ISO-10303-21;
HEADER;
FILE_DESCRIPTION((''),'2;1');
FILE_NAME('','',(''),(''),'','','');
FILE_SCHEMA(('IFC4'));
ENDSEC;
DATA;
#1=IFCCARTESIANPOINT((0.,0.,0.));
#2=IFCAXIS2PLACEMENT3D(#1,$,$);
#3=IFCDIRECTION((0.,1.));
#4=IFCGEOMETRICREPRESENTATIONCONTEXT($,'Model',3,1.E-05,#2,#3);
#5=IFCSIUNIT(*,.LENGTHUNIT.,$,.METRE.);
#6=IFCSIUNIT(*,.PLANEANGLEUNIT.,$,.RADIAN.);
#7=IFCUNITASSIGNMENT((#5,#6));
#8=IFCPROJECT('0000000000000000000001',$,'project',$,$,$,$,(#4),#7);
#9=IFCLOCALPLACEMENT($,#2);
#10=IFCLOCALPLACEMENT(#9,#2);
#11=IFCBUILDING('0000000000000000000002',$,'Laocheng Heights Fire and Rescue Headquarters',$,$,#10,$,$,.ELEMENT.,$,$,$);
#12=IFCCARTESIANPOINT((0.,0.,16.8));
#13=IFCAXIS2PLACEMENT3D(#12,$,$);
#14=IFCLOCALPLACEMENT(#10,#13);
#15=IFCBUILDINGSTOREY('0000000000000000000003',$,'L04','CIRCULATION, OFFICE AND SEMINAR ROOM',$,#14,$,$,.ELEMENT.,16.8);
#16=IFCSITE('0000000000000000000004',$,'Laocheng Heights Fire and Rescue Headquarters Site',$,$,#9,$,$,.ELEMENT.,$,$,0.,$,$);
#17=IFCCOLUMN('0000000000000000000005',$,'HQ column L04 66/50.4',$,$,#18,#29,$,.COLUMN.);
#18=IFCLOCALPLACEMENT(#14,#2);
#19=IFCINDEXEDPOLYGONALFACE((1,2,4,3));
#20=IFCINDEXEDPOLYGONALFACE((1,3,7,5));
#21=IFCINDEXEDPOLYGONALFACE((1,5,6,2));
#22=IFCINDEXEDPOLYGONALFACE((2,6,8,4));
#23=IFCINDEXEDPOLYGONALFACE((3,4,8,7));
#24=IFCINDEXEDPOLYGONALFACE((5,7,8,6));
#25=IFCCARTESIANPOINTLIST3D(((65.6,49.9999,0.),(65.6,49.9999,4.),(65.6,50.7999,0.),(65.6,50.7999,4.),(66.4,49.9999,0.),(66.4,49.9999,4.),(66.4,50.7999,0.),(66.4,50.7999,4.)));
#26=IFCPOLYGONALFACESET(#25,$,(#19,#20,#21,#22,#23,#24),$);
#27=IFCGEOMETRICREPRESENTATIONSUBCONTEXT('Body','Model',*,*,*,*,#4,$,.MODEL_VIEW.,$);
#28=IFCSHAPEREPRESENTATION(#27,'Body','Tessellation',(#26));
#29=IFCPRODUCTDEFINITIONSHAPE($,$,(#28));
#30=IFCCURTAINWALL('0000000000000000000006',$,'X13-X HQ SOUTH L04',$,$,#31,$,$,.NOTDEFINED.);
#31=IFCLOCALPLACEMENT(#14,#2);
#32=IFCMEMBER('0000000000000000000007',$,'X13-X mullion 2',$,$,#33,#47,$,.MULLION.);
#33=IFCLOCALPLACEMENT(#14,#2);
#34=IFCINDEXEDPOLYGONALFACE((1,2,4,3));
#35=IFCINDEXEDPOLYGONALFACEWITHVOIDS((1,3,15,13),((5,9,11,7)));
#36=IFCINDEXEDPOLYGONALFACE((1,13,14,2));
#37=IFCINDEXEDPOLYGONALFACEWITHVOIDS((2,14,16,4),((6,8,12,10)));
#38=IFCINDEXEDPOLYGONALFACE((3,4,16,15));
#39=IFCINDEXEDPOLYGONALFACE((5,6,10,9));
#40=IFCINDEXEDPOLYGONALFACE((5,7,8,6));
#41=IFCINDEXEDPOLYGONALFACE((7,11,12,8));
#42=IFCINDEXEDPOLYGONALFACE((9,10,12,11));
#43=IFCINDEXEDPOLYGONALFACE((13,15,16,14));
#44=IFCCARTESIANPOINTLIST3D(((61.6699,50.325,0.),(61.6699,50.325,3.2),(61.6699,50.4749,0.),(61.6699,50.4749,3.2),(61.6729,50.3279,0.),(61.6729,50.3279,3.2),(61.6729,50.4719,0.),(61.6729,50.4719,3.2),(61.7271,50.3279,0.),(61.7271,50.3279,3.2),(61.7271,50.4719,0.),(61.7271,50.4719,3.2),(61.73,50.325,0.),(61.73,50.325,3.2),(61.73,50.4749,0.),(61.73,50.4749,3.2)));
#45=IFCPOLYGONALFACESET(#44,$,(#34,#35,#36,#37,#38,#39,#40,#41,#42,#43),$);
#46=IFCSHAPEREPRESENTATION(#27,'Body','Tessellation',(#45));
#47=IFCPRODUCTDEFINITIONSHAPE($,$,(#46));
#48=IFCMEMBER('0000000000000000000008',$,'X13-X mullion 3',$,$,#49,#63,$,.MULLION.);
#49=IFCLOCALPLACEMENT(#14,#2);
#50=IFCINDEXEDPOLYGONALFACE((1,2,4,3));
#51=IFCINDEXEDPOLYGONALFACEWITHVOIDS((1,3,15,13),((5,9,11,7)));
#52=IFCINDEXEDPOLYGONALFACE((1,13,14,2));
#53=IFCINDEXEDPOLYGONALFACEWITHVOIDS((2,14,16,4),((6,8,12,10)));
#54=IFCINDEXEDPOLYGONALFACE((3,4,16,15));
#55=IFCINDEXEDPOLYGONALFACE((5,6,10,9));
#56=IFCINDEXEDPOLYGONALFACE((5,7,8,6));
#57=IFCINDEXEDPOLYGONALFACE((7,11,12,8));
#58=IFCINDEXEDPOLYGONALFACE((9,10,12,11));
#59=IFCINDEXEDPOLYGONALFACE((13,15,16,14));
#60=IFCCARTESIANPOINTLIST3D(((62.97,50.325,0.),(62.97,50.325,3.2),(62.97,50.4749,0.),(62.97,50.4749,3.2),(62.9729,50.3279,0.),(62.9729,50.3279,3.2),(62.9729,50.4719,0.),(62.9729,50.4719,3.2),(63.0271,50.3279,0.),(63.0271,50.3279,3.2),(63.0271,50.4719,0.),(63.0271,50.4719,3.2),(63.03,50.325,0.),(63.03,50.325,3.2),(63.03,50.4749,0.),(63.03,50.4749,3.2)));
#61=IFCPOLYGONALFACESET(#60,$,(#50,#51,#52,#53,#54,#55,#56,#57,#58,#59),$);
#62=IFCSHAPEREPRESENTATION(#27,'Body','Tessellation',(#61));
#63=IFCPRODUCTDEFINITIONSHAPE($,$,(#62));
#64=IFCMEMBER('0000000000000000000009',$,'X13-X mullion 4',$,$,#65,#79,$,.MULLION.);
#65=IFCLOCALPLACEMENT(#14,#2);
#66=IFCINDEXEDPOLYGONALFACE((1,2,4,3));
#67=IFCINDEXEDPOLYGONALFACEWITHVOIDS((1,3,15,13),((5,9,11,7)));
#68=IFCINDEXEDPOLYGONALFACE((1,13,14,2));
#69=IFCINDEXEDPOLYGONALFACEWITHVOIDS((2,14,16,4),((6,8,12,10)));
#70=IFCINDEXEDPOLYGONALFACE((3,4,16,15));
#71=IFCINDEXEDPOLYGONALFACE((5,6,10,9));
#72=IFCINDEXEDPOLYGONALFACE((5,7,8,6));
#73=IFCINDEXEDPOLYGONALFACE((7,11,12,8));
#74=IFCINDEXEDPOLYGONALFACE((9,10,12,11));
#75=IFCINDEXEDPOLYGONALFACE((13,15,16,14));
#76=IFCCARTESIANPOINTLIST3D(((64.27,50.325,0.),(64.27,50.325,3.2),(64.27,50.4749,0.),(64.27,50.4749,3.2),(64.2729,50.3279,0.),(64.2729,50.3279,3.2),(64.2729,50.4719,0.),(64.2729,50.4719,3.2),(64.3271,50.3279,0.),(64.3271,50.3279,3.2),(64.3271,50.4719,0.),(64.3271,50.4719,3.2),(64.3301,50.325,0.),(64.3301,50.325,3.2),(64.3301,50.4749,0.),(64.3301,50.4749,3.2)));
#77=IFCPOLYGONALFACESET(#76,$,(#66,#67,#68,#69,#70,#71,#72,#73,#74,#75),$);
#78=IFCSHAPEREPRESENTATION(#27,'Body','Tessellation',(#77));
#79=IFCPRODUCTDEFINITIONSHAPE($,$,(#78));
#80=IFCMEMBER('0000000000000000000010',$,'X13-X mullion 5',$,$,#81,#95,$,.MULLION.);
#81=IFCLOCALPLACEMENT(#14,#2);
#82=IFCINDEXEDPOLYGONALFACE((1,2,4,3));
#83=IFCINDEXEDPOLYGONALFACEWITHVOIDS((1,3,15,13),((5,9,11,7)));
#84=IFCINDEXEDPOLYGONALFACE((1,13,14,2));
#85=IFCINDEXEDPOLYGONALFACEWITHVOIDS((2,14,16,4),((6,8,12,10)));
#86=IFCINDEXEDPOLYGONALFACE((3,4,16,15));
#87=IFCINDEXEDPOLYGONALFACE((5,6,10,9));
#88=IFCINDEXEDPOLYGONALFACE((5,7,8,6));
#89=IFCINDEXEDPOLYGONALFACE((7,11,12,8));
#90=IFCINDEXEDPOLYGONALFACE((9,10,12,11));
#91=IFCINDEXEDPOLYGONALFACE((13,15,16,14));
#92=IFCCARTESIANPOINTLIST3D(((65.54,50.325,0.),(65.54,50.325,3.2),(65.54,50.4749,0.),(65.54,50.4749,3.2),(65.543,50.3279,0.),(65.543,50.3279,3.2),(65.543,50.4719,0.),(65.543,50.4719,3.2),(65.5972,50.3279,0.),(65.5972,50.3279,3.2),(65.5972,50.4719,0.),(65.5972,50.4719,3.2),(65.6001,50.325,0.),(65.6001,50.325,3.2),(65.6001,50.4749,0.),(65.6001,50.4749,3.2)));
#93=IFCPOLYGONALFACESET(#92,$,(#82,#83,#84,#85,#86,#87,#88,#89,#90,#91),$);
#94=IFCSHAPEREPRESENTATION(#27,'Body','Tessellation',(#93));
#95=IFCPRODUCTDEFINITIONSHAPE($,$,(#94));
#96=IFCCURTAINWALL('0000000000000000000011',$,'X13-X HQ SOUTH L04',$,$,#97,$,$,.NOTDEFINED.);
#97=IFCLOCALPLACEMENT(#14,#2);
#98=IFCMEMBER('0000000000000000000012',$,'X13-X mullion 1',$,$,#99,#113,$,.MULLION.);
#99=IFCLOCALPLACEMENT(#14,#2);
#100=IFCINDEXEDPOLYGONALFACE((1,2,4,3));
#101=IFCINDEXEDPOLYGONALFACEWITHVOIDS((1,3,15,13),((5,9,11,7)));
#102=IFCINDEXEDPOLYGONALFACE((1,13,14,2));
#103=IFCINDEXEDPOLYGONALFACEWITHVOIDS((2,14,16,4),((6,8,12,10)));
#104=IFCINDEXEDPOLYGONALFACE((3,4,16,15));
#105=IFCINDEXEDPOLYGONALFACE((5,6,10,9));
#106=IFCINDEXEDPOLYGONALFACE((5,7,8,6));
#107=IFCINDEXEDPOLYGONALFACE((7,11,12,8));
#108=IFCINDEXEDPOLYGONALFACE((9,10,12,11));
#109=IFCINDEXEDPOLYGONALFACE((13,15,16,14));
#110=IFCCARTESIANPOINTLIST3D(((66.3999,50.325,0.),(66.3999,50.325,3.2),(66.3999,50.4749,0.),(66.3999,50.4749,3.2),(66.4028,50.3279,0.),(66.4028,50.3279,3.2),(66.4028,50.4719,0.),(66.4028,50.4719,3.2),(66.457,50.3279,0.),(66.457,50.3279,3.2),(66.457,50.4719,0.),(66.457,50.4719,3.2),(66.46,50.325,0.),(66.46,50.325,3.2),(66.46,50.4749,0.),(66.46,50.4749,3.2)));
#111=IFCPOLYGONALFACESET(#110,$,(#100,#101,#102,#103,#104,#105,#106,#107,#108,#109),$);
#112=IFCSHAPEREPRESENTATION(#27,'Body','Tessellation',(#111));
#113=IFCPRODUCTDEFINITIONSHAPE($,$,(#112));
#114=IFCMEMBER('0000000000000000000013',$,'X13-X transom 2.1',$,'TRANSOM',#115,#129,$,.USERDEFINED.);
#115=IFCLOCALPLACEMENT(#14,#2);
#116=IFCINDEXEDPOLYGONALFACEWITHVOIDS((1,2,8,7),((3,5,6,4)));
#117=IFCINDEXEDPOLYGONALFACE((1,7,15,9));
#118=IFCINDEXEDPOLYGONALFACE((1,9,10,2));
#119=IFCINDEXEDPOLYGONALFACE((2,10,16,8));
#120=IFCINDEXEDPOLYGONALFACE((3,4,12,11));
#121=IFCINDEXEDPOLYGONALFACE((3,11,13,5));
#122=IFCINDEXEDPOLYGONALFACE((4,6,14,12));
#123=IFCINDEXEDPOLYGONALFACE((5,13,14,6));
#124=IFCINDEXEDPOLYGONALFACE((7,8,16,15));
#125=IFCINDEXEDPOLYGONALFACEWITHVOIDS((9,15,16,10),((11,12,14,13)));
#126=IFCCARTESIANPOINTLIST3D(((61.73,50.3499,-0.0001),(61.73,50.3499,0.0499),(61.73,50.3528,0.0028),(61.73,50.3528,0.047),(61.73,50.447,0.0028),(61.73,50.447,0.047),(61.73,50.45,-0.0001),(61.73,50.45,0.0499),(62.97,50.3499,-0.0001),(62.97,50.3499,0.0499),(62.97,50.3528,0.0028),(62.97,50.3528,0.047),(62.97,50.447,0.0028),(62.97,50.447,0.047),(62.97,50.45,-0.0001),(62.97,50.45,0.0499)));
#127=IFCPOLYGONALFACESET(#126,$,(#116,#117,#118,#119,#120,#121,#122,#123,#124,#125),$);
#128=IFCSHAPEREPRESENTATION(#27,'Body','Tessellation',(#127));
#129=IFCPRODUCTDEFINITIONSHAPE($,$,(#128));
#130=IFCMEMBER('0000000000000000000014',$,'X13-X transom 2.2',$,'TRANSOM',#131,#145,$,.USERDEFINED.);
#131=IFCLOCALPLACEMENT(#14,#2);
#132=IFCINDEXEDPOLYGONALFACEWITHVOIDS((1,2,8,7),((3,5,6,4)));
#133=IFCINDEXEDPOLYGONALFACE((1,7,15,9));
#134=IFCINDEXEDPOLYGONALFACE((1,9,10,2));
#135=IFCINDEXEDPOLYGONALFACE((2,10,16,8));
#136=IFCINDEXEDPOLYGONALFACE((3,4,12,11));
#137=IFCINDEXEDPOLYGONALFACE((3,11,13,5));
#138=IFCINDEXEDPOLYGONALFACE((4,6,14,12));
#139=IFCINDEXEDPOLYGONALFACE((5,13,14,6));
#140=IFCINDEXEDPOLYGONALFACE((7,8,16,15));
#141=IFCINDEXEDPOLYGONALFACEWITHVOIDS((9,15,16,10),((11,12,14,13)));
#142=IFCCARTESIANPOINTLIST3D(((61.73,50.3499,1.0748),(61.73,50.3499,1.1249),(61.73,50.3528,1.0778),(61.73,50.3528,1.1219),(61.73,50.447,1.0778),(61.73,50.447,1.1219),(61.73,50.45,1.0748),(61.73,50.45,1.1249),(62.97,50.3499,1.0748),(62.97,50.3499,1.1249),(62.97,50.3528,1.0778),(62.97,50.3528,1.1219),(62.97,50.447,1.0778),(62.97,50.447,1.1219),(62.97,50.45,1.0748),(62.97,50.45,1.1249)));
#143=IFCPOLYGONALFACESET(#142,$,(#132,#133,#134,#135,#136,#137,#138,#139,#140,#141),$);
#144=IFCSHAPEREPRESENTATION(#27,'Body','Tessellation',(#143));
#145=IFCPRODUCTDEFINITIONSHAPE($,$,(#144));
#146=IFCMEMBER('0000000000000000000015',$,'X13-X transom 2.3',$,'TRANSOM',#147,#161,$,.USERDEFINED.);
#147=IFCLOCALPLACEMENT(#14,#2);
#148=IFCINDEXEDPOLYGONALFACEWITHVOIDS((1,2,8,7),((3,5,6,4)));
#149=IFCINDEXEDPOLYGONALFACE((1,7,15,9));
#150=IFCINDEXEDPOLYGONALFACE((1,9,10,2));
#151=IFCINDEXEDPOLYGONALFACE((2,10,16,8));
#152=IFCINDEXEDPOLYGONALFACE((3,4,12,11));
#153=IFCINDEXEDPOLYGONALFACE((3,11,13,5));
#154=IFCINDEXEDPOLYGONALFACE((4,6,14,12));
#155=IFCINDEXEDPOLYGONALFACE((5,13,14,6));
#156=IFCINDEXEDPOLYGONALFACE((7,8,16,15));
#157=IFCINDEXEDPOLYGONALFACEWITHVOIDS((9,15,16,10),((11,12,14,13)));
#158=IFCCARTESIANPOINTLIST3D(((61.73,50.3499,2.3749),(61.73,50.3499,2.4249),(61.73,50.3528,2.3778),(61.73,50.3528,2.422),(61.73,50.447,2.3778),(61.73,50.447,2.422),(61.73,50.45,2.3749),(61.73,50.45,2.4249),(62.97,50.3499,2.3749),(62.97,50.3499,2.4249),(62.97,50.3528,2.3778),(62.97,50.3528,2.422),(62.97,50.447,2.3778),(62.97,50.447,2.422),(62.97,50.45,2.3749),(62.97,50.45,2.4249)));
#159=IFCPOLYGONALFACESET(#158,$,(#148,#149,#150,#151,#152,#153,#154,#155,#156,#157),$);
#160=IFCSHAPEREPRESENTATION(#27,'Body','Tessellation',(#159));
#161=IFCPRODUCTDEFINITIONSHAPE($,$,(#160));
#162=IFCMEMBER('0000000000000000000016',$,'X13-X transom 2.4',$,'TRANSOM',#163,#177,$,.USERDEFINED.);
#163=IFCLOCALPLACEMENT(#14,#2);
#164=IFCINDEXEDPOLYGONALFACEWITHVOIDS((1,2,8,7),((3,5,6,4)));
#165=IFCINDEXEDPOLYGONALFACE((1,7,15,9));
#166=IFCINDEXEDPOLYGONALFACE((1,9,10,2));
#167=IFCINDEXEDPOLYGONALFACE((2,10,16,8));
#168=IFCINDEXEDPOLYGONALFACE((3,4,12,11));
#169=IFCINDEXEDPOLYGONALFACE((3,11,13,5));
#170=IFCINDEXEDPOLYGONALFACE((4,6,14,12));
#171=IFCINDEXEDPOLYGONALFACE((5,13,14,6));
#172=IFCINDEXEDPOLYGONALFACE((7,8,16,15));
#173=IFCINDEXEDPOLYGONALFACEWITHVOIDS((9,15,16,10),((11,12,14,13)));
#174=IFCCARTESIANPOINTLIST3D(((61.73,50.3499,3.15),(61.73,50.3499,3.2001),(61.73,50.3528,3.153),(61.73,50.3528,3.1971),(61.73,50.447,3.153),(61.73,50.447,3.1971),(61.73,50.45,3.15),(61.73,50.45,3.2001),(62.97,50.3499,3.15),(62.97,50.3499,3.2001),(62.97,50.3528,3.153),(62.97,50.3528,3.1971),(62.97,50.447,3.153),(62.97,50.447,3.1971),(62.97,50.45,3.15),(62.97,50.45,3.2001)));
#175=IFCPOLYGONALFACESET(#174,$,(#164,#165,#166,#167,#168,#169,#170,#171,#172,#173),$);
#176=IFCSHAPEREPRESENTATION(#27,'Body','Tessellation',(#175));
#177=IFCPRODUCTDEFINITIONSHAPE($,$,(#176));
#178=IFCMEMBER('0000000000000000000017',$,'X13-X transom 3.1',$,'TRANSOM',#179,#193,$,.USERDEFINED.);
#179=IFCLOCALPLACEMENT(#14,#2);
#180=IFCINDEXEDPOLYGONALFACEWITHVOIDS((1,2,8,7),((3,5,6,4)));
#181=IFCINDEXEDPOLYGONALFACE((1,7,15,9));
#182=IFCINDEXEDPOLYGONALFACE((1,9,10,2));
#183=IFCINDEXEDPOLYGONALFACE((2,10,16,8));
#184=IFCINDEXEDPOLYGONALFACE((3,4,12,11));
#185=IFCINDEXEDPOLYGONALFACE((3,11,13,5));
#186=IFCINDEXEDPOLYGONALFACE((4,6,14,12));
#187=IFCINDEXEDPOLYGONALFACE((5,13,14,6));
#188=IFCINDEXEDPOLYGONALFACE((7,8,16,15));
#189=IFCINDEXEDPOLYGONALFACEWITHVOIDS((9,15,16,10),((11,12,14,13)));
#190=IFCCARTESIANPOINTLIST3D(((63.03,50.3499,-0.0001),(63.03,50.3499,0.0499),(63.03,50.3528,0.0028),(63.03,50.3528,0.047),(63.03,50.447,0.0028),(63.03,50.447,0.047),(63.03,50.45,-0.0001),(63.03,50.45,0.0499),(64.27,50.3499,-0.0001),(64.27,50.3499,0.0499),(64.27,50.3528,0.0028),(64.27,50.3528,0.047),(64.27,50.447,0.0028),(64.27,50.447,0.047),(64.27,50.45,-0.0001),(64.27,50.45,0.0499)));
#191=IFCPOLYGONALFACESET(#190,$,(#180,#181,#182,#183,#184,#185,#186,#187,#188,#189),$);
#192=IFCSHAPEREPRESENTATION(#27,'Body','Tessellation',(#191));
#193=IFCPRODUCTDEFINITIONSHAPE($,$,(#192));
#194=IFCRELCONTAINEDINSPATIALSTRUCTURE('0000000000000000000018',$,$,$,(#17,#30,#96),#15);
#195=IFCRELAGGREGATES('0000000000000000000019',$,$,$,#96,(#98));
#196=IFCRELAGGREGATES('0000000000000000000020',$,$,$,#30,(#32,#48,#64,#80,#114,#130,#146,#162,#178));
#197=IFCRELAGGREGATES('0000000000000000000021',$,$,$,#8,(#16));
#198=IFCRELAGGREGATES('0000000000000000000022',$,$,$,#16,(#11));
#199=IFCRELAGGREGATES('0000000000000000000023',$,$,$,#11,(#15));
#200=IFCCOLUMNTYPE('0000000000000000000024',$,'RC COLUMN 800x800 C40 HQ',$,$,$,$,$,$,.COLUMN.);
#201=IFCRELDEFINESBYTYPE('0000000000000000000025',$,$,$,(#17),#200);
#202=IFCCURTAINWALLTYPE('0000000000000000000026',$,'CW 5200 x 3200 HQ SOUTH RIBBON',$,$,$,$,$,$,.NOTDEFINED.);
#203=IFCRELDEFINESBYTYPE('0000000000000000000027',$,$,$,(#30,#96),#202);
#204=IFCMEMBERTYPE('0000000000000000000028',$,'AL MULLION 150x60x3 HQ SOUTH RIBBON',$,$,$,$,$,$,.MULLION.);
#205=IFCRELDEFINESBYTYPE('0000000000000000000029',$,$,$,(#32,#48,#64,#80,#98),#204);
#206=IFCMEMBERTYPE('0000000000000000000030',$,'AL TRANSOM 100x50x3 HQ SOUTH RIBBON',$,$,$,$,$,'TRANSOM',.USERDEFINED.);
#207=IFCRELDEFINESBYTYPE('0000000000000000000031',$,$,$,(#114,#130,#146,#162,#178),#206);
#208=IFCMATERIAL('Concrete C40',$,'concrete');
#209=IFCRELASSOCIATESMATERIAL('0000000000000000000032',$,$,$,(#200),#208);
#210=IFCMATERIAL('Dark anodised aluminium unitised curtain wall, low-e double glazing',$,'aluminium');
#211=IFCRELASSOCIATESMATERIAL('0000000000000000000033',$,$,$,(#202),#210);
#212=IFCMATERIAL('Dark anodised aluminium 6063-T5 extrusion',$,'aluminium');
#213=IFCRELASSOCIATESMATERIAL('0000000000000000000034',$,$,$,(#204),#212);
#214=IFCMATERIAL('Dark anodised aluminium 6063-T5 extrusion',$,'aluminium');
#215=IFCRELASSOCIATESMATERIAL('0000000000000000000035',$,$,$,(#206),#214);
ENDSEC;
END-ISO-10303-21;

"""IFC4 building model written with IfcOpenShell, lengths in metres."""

from ifc_helpers import new_model, si_unit, direction, frame, origin, origin_2d, place, context, subcontext, project, spatial, rectangle, hollow_rectangle, extrude, material, material_profile, profile_set, type_object, element, aggregate, save


model = new_model("IFC4")

# Units and contexts
model_context = context("Model", 3, precision=1e-05, world=origin(), true_north=direction((0.0, 1.0)))
body_context = subcontext(model_context, "Body", "Model", "MODEL_VIEW")
ifc_project = project(units=[si_unit("LENGTHUNIT", "METRE"), si_unit("PLANEANGLEUNIT", "RADIAN")], contexts=[model_context])

# Site, building, storey
site_placement = place(None, origin())
site = spatial("IfcSite", under=ifc_project, at=site_placement, Name="Laocheng Heights Fire and Rescue Headquarters Site", CompositionType="ELEMENT", RefElevation=0.0)
building_placement = place(site_placement, origin())
building = spatial("IfcBuilding", under=site, at=building_placement, Name="Laocheng Heights Fire and Rescue Headquarters", CompositionType="ELEMENT")
storey_placement = place(building_placement, frame((0.0, 0.0, 16.8)))
storey = spatial("IfcBuildingStorey", under=building, at=storey_placement, Name="L04", Description="CIRCULATION, OFFICE AND SEMINAR ROOM", CompositionType="ELEMENT", Elevation=16.8)

# Column
ifc_material_1 = material(Name="Concrete C40", Category="concrete")
ifc_material_profile_1 = material_profile(ifc_material_1, rectangle(XDim=0.8, YDim=0.8, at=origin_2d()), Name="RC COLUMN 800x800 C40 HQ")
ifc_profile_set_1 = profile_set([ifc_material_profile_1], Name="Concrete C40")
column_type = type_object("IfcColumnType", Name="RC COLUMN 800x800 C40 HQ", PredefinedType="COLUMN", material=ifc_profile_set_1)
column_placement = place(storey_placement, frame((66.0, 50.3999, 0.0), z_axis=(0.0, 0.0, 1.0), x_axis=(1.0, 0.0, 0.0)))
element("IfcColumn", 1, at=column_placement, inside=storey, type_object=column_type, Name="HQ column L04 66/50.4", PredefinedType="COLUMN", context=body_context, shape_type="SweptSolid", body=[
    extrude(rectangle(XDim=0.8, YDim=0.8, at=origin_2d()), origin(), (0.0, 0.0, 1.0), 4.0),
])

# Curtain wall, members
ifc_material_2 = material(Name="Dark anodised aluminium unitised curtain wall, low-e double glazing", Category="aluminium")
curtain_wall_type = type_object("IfcCurtainWallType", Name="CW 5200 x 3200 HQ SOUTH RIBBON", PredefinedType="NOTDEFINED", material=ifc_material_2)
curtain_wall_1_placement = place(storey_placement, origin())
curtain_wall_1 = element("IfcCurtainWall", 2, at=curtain_wall_1_placement, inside=storey, type_object=curtain_wall_type, Name="X13-X HQ SOUTH L04", PredefinedType="NOTDEFINED")
ifc_material_3 = material(Name="Dark anodised aluminium 6063-T5 extrusion", Category="aluminium")
ifc_material_profile_2 = material_profile(ifc_material_3, hollow_rectangle(XDim=0.1499, YDim=0.0601, WallThickness=0.0029, at=origin_2d()), Name="AL MULLION 150x60x3 HQ SOUTH RIBBON")
ifc_profile_set_2 = profile_set([ifc_material_profile_2], Name="Dark anodised aluminium 6063-T5 extrusion")
member_type_1 = type_object("IfcMemberType", Name="AL MULLION 150x60x3 HQ SOUTH RIBBON", PredefinedType="MULLION", material=ifc_profile_set_2)
member_1_placement = place(storey_placement, frame((61.7, 50.3999, 0.0), z_axis=(0.0, 0.0, 1.0), x_axis=(0.0, 1.0, 0.0)))
member_1 = element("IfcMember", 3, at=member_1_placement, type_object=member_type_1, Name="X13-X mullion 2", PredefinedType="MULLION", context=body_context, shape_type="SweptSolid", body=[
    extrude(hollow_rectangle(XDim=0.1499, YDim=0.0601, WallThickness=0.0029, at=origin_2d()), origin(), (0.0, 0.0, 1.0), 3.2),
])
member_2_placement = place(storey_placement, frame((63.0, 50.3999, 0.0), z_axis=(0.0, 0.0, 1.0), x_axis=(0.0, 1.0, 0.0)))
member_2 = element("IfcMember", 4, at=member_2_placement, type_object=member_type_1, Name="X13-X mullion 3", PredefinedType="MULLION", context=body_context, shape_type="SweptSolid", body=[
    extrude(hollow_rectangle(XDim=0.1499, YDim=0.0601, WallThickness=0.0029, at=origin_2d()), origin(), (0.0, 0.0, 1.0), 3.2),
])
member_3_placement = place(storey_placement, frame((64.3, 50.3999, 0.0), z_axis=(0.0, 0.0, 1.0), x_axis=(0.0, 1.0, 0.0)))
member_3 = element("IfcMember", 5, at=member_3_placement, type_object=member_type_1, Name="X13-X mullion 4", PredefinedType="MULLION", context=body_context, shape_type="SweptSolid", body=[
    extrude(hollow_rectangle(XDim=0.1499, YDim=0.0601, WallThickness=0.0029, at=origin_2d()), origin(), (0.0, 0.0, 1.0), 3.2),
])
member_4_placement = place(storey_placement, frame((65.5701, 50.3999, 0.0), z_axis=(0.0, 0.0, 1.0), x_axis=(0.0, 1.0, 0.0)))
member_4 = element("IfcMember", 6, at=member_4_placement, type_object=member_type_1, Name="X13-X mullion 5", PredefinedType="MULLION", context=body_context, shape_type="SweptSolid", body=[
    extrude(hollow_rectangle(XDim=0.1499, YDim=0.0601, WallThickness=0.0029, at=origin_2d()), origin(), (0.0, 0.0, 1.0), 3.2),
])

# Curtain wall, member
curtain_wall_2_placement = place(storey_placement, origin())
curtain_wall_2 = element("IfcCurtainWall", 7, at=curtain_wall_2_placement, inside=storey, type_object=curtain_wall_type, Name="X13-X HQ SOUTH L04", PredefinedType="NOTDEFINED")
member_5_placement = place(storey_placement, frame((66.4299, 50.3999, 0.0), z_axis=(0.0, 0.0, 1.0), x_axis=(0.0, 1.0, 0.0)))
member_5 = element("IfcMember", 8, at=member_5_placement, type_object=member_type_1, Name="X13-X mullion 1", PredefinedType="MULLION", context=body_context, shape_type="SweptSolid", body=[
    extrude(hollow_rectangle(XDim=0.1499, YDim=0.0601, WallThickness=0.0029, at=origin_2d()), origin(), (0.0, 0.0, 1.0), 3.2),
])
aggregate(curtain_wall_2, [member_5])

# Members
ifc_material_4 = material(Name="Dark anodised aluminium 6063-T5 extrusion", Category="aluminium")
ifc_material_profile_3 = material_profile(ifc_material_4, hollow_rectangle(XDim=0.1001, YDim=0.05, WallThickness=0.0029, at=origin_2d()), Name="AL TRANSOM 100x50x3 HQ SOUTH RIBBON")
ifc_profile_set_3 = profile_set([ifc_material_profile_3], Name="Dark anodised aluminium 6063-T5 extrusion")
member_type_2 = type_object("IfcMemberType", Name="AL TRANSOM 100x50x3 HQ SOUTH RIBBON", ElementType="TRANSOM", PredefinedType="USERDEFINED", material=ifc_profile_set_3)
member_6_placement = place(storey_placement, frame((61.73, 50.3999, 0.0249), z_axis=(1.0, 0.0, 0.0), x_axis=(0.0, 1.0, 0.0)))
member_6 = element("IfcMember", 9, at=member_6_placement, type_object=member_type_2, Name="X13-X transom 2.1", ObjectType="TRANSOM", PredefinedType="USERDEFINED", context=body_context, shape_type="SweptSolid", body=[
    extrude(hollow_rectangle(XDim=0.1001, YDim=0.05, WallThickness=0.0029, at=origin_2d()), origin(), (0.0, 0.0, 1.0), 1.24),
])
member_7_placement = place(storey_placement, frame((61.73, 50.3999, 1.0999), z_axis=(1.0, 0.0, 0.0), x_axis=(0.0, 1.0, 0.0)))
member_7 = element("IfcMember", 10, at=member_7_placement, type_object=member_type_2, Name="X13-X transom 2.2", ObjectType="TRANSOM", PredefinedType="USERDEFINED", context=body_context, shape_type="SweptSolid", body=[
    extrude(hollow_rectangle(XDim=0.1001, YDim=0.05, WallThickness=0.0029, at=origin_2d()), origin(), (0.0, 0.0, 1.0), 1.24),
])
member_8_placement = place(storey_placement, frame((61.73, 50.3999, 2.3999), z_axis=(1.0, 0.0, 0.0), x_axis=(0.0, 1.0, 0.0)))
member_8 = element("IfcMember", 11, at=member_8_placement, type_object=member_type_2, Name="X13-X transom 2.3", ObjectType="TRANSOM", PredefinedType="USERDEFINED", context=body_context, shape_type="SweptSolid", body=[
    extrude(hollow_rectangle(XDim=0.1001, YDim=0.05, WallThickness=0.0029, at=origin_2d()), origin(), (0.0, 0.0, 1.0), 1.24),
])
member_9_placement = place(storey_placement, frame((61.73, 50.3999, 3.175), z_axis=(1.0, 0.0, 0.0), x_axis=(0.0, 1.0, 0.0)))
member_9 = element("IfcMember", 12, at=member_9_placement, type_object=member_type_2, Name="X13-X transom 2.4", ObjectType="TRANSOM", PredefinedType="USERDEFINED", context=body_context, shape_type="SweptSolid", body=[
    extrude(hollow_rectangle(XDim=0.1001, YDim=0.05, WallThickness=0.0029, at=origin_2d()), origin(), (0.0, 0.0, 1.0), 1.24),
])
member_10_placement = place(storey_placement, frame((63.03, 50.3999, 0.0249), z_axis=(1.0, 0.0, 0.0), x_axis=(0.0, 1.0, 0.0)))
member_10 = element("IfcMember", 13, at=member_10_placement, type_object=member_type_2, Name="X13-X transom 3.1", ObjectType="TRANSOM", PredefinedType="USERDEFINED", context=body_context, shape_type="SweptSolid", body=[
    extrude(hollow_rectangle(XDim=0.1001, YDim=0.05, WallThickness=0.0029, at=origin_2d()), origin(), (0.0, 0.0, 1.0), 1.24),
])

aggregate(curtain_wall_1, [member_1, member_2, member_3, member_4, member_6, member_7, member_8, member_9, member_10])

save(model, "model.ifc")
